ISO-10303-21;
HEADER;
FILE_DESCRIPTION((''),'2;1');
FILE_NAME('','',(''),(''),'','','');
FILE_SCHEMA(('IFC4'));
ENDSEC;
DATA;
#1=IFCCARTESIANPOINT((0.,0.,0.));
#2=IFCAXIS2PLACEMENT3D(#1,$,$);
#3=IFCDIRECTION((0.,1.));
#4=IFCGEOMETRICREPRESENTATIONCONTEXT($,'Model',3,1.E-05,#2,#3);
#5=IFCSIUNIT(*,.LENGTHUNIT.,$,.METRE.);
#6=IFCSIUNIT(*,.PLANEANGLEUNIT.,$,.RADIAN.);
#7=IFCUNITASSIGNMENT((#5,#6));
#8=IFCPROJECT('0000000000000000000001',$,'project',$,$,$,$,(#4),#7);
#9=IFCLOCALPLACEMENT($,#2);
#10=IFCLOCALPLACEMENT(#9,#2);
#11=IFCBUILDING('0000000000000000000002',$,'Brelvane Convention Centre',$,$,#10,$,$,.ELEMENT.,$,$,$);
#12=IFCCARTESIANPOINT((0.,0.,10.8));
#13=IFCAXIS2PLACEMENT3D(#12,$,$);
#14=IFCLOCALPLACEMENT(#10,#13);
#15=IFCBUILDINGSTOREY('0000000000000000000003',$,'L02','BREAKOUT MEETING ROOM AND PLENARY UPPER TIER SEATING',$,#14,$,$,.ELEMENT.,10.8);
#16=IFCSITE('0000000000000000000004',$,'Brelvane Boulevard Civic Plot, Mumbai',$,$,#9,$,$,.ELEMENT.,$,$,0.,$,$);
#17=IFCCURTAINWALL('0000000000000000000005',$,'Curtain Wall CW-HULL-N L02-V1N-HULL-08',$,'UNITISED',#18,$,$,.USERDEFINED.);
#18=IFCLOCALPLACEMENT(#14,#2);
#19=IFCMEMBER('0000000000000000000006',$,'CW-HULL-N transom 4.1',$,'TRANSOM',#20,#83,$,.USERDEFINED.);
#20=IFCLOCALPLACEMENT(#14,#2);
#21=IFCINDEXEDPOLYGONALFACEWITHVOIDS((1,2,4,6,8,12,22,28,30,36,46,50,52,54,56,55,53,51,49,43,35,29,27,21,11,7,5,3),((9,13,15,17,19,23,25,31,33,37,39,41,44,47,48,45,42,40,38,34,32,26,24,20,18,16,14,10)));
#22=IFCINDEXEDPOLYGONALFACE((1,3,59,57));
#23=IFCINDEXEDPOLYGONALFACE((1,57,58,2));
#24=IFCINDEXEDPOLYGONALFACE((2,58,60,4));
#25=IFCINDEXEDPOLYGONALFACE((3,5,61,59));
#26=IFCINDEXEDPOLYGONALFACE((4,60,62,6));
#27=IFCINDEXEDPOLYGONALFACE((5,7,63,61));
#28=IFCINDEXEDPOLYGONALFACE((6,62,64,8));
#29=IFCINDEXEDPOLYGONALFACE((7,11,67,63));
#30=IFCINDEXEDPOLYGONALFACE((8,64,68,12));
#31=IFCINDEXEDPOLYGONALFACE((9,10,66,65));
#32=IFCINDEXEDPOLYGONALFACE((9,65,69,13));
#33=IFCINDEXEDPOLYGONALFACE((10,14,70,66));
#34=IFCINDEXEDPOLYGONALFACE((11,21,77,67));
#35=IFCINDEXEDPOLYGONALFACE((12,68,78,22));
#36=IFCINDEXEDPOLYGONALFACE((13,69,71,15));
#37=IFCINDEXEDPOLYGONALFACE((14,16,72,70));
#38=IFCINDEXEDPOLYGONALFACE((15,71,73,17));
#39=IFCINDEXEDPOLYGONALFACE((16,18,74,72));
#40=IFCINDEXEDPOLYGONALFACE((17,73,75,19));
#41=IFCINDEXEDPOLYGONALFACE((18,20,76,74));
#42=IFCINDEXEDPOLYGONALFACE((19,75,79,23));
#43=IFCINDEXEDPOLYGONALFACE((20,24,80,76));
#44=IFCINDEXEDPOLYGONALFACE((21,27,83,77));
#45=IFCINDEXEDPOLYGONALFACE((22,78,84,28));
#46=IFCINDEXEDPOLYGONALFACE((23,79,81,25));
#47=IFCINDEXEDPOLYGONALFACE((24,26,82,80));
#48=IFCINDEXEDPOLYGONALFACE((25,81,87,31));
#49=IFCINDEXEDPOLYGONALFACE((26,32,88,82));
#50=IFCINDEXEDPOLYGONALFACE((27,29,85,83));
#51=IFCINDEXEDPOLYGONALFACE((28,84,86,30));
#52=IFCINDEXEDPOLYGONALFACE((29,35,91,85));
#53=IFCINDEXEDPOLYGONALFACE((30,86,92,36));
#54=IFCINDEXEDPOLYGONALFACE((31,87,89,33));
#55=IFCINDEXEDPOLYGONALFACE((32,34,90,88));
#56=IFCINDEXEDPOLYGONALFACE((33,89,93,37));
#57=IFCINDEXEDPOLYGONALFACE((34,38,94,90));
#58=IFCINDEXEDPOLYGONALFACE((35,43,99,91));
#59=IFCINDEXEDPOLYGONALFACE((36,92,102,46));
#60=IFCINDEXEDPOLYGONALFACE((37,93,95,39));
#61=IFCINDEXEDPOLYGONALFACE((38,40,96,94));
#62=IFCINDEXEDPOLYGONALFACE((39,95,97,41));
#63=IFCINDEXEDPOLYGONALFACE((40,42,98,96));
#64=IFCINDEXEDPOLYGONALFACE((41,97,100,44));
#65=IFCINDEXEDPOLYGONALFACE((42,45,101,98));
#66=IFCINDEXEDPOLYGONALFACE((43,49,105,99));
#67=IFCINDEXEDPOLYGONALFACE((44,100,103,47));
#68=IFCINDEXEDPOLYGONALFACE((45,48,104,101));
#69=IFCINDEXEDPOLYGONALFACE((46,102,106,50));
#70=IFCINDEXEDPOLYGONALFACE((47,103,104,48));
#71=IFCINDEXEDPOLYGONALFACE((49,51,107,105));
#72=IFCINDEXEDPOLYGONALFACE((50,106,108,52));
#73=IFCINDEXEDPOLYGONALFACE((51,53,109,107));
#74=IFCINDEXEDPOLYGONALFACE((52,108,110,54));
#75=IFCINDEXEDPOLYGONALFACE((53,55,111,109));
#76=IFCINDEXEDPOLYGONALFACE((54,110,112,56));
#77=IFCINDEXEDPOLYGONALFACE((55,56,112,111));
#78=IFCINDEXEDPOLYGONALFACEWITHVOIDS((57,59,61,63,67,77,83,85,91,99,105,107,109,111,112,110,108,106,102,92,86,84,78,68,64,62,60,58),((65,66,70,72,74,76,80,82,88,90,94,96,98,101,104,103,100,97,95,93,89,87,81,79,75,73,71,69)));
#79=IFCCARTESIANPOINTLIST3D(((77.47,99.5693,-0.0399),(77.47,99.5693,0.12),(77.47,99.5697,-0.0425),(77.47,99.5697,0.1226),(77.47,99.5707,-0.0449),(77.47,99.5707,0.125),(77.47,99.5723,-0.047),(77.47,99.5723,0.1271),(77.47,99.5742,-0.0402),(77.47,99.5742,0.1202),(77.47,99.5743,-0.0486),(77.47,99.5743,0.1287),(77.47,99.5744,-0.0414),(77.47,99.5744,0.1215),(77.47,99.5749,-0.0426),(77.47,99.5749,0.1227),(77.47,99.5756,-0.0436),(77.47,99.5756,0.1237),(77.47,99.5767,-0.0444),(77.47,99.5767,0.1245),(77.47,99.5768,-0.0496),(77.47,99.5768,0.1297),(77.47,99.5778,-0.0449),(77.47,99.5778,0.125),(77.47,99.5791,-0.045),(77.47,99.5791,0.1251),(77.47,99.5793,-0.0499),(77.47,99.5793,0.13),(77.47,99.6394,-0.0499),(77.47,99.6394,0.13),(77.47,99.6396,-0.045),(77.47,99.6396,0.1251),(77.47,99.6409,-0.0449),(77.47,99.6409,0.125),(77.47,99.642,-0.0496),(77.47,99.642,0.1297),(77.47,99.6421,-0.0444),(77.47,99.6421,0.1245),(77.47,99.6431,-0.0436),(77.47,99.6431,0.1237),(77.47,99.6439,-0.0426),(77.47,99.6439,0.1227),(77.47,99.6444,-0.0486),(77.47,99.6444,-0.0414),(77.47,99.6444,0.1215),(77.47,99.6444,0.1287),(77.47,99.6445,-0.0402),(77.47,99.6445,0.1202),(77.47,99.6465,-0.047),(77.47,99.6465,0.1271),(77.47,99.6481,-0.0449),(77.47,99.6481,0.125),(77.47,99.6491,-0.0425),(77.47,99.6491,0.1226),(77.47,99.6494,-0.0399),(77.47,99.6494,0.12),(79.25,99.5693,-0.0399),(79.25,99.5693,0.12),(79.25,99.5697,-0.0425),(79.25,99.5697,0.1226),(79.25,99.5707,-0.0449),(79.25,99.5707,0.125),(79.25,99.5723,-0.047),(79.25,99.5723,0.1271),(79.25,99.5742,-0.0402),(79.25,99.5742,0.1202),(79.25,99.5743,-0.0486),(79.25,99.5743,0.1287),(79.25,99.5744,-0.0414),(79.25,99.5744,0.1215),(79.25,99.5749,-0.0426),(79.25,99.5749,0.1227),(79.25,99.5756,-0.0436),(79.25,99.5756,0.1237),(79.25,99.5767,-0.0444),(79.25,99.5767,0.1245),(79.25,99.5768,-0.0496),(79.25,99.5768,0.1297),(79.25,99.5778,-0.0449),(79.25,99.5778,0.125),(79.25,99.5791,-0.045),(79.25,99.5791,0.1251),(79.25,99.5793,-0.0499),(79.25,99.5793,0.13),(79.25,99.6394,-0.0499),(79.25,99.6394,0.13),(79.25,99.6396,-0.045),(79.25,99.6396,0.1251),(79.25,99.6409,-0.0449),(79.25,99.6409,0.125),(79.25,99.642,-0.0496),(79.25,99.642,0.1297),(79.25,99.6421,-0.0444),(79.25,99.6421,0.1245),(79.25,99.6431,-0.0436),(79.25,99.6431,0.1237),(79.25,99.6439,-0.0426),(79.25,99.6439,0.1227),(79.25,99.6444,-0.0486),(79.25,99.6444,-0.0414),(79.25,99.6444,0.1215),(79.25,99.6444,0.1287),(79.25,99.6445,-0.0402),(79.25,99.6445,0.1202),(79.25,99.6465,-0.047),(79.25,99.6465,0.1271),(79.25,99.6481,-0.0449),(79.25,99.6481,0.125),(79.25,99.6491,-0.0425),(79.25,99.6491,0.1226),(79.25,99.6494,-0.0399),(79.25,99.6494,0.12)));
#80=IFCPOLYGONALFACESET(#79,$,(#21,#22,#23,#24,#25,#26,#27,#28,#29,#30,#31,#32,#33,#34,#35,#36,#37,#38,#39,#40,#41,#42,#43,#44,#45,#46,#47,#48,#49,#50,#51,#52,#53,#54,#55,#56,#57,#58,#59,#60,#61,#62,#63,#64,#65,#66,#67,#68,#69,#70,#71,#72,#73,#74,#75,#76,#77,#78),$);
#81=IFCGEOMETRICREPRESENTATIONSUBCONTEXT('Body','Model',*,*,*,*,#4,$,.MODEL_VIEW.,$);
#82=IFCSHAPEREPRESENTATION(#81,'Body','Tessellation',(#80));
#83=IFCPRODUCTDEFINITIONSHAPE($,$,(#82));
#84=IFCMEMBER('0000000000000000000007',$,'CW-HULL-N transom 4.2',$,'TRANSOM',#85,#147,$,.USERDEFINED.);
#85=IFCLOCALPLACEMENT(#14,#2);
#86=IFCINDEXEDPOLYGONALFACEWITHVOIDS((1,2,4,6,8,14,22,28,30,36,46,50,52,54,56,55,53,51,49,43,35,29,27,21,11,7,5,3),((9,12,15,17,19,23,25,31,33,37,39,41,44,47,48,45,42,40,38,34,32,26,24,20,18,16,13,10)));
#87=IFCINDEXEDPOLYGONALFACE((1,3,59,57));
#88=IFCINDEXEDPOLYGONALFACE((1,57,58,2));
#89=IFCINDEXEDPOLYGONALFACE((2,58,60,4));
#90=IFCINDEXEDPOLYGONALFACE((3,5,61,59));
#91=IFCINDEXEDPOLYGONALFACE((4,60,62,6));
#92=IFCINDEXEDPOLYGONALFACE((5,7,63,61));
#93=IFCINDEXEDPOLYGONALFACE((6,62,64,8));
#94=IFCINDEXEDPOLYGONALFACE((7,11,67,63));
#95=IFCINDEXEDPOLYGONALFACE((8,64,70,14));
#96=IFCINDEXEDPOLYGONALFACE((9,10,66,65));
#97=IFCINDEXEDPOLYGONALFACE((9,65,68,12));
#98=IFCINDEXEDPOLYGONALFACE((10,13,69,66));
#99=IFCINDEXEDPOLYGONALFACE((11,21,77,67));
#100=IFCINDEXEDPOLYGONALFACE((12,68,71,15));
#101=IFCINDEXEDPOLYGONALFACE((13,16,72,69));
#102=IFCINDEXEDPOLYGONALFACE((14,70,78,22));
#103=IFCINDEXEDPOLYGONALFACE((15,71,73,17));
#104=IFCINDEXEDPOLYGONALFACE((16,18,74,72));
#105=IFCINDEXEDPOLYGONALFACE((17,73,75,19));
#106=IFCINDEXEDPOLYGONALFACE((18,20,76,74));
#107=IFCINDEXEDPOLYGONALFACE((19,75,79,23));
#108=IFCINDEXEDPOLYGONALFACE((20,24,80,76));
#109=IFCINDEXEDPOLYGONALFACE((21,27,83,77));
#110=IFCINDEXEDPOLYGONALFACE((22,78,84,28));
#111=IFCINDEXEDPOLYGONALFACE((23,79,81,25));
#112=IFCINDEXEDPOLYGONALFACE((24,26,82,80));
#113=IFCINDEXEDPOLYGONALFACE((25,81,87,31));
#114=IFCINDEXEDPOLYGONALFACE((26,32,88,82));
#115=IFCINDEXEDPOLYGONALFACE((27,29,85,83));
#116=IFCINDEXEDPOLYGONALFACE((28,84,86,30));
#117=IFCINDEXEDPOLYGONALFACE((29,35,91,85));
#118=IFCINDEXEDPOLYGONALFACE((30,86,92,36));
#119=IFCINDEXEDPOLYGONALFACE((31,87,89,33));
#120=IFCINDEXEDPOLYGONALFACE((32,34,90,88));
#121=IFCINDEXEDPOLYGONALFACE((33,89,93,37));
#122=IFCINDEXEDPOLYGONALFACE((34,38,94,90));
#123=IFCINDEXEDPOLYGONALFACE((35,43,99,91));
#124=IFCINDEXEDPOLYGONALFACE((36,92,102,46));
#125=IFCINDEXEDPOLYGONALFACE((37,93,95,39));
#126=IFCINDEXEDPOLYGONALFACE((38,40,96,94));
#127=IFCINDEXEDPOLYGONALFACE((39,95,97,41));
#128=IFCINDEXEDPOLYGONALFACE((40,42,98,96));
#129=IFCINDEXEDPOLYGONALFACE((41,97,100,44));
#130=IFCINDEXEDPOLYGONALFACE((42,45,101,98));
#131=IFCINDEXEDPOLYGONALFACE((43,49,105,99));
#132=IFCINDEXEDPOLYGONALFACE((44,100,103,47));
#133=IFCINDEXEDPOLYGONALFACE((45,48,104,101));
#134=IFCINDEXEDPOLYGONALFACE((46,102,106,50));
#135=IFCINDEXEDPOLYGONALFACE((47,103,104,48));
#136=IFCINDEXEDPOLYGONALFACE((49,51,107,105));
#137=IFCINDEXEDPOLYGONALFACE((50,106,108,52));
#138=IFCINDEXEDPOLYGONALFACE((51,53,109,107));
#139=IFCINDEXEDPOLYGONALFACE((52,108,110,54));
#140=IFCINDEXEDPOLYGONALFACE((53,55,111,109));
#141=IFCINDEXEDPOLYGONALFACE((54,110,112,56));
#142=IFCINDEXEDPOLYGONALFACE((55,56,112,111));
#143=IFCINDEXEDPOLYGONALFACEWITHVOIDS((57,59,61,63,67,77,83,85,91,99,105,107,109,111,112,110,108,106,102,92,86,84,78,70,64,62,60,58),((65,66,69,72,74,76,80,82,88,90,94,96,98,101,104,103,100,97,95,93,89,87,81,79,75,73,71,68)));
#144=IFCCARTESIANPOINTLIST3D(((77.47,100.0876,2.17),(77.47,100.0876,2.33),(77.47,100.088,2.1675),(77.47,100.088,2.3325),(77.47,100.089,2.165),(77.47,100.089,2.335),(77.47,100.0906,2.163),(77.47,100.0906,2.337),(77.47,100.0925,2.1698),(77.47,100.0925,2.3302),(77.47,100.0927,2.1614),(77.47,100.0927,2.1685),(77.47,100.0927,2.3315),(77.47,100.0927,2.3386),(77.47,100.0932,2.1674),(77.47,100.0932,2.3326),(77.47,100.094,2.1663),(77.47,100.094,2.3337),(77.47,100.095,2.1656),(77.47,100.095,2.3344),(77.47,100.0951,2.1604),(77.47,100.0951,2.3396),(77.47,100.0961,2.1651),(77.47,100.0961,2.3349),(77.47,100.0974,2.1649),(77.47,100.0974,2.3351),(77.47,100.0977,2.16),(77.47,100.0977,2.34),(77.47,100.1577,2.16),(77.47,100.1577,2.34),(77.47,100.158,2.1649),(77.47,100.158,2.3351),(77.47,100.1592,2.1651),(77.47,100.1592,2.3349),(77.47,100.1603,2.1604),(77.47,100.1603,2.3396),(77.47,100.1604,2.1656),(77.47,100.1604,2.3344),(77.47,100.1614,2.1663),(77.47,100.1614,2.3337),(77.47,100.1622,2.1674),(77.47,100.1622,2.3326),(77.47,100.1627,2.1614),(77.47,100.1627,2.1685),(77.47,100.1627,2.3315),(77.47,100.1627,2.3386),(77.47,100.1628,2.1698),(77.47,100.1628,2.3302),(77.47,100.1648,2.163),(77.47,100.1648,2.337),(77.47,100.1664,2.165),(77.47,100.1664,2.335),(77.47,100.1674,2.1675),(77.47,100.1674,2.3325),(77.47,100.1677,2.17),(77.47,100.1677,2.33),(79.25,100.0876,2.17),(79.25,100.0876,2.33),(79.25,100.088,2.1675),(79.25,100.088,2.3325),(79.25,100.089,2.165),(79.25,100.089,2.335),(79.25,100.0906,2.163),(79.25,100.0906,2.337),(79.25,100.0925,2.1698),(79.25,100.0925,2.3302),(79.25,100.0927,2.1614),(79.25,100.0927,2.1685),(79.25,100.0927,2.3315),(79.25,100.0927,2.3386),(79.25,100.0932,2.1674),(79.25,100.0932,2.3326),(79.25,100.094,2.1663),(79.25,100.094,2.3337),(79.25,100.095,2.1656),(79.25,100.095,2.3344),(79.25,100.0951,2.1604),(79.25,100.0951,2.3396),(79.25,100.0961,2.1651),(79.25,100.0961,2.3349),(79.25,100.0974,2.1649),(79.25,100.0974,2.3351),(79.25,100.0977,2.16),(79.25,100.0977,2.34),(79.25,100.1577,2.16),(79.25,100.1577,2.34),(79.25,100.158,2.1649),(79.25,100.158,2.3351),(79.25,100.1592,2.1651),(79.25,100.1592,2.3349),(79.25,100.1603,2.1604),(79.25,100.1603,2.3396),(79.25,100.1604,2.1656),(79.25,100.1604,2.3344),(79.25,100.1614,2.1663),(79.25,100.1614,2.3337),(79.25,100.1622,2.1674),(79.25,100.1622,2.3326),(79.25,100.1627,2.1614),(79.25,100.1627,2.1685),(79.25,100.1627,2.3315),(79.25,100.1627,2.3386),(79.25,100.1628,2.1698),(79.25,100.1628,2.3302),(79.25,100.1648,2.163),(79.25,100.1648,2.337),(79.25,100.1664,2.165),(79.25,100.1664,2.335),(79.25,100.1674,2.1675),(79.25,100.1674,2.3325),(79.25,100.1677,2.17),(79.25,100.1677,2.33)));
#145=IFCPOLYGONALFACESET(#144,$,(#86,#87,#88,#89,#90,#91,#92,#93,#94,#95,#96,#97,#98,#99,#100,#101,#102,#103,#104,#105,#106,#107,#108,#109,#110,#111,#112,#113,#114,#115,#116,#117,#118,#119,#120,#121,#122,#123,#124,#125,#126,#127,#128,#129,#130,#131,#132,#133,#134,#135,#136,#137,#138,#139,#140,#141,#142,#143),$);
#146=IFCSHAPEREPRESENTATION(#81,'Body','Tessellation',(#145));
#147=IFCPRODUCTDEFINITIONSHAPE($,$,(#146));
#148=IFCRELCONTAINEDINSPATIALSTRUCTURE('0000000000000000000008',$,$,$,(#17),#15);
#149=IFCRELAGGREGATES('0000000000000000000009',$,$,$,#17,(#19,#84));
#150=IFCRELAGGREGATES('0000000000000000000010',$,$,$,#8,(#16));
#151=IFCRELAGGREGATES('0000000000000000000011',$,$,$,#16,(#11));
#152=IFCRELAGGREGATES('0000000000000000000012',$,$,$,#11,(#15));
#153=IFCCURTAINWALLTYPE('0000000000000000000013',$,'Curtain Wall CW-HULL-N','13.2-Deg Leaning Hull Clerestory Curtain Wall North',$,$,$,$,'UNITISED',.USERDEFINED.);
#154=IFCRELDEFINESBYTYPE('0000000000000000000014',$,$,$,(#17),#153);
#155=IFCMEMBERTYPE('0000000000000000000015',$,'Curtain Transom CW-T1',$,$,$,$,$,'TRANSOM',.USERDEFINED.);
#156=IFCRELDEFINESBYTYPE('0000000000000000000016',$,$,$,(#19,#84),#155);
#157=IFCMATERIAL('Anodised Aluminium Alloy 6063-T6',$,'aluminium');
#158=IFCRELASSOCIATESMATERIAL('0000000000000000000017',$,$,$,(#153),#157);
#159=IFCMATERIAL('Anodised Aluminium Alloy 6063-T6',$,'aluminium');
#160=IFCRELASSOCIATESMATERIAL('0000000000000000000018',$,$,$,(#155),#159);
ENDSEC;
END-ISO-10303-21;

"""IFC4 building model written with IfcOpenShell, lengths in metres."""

from ifc_helpers import new_model, si_unit, direction, frame, origin, origin_2d, place, context, subcontext, project, spatial, hollow_rectangle, extrude, material, material_profile, profile_set, type_object, element, aggregate, save


model = new_model("IFC4")

# Units and contexts
model_context = context("Model", 3, precision=1e-05, world=origin(), true_north=direction((0.0, 1.0)))
body_context = subcontext(model_context, "Body", "Model", "MODEL_VIEW")
ifc_project = project(units=[si_unit("LENGTHUNIT", "METRE"), si_unit("PLANEANGLEUNIT", "RADIAN")], contexts=[model_context])

# Site, building, storey
site_placement = place(None, origin())
site = spatial("IfcSite", under=ifc_project, at=site_placement, Name="Brelvane Boulevard Civic Plot, Mumbai", CompositionType="ELEMENT", RefElevation=0.0)
building_placement = place(site_placement, origin())
building = spatial("IfcBuilding", under=site, at=building_placement, Name="Brelvane Convention Centre", CompositionType="ELEMENT")
storey_placement = place(building_placement, frame((0.0, 0.0, 10.8)))
storey = spatial("IfcBuildingStorey", under=building, at=storey_placement, Name="L02", Description="BREAKOUT MEETING ROOM AND PLENARY UPPER TIER SEATING", CompositionType="ELEMENT", Elevation=10.8)

# Curtain wall
ifc_material_1 = material(Name="Anodised Aluminium Alloy 6063-T6", Category="aluminium")
curtain_wall_type = type_object("IfcCurtainWallType", Name="Curtain Wall CW-HULL-N", Description="13.2-Deg Leaning Hull Clerestory Curtain Wall North", ElementType="UNITISED", PredefinedType="USERDEFINED", material=ifc_material_1)
curtain_wall_1_placement = place(storey_placement, origin())
curtain_wall_1 = element("IfcCurtainWall", 1, at=curtain_wall_1_placement, inside=storey, type_object=curtain_wall_type, Name="Curtain Wall CW-HULL-N L02-V1N-HULL-08", ObjectType="UNITISED", PredefinedType="USERDEFINED")

# Members
ifc_material_2 = material(Name="Anodised Aluminium Alloy 6063-T6", Category="aluminium")
ifc_material_profile_1 = material_profile(ifc_material_2, hollow_rectangle(XDim=0.0801, YDim=0.1799, WallThickness=0.0049, InnerFilletRadius=0.0049, OuterFilletRadius=0.01, at=origin_2d()), Name="ALU-T 180x80x5.0")
ifc_profile_set_1 = profile_set([ifc_material_profile_1], Name="Anodised Aluminium Alloy 6063-T6")
member_type_1 = type_object("IfcMemberType", Name="Curtain Transom CW-T1", ElementType="TRANSOM", PredefinedType="USERDEFINED", material=ifc_profile_set_1)
member_1_placement = place(storey_placement, frame((77.47, 99.6094, 0.04), z_axis=(1.0, 0.0, 0.0), x_axis=(0.0, 1.0, 0.0)))
member_1 = element("IfcMember", 2, at=member_1_placement, type_object=member_type_1, Name="CW-HULL-N transom 4.1", ObjectType="TRANSOM", PredefinedType="USERDEFINED", context=body_context, shape_type="SweptSolid", body=[
    extrude(hollow_rectangle(XDim=0.0801, YDim=0.1799, WallThickness=0.0049, InnerFilletRadius=0.0049, OuterFilletRadius=0.01, at=origin_2d()), origin(), (0.0, 0.0, 1.0), 1.78),
])
member_2_placement = place(storey_placement, frame((77.47, 100.1277, 2.25), z_axis=(1.0, 0.0, 0.0), x_axis=(0.0, 1.0, 0.0)))
member_2 = element("IfcMember", 3, at=member_2_placement, type_object=member_type_1, Name="CW-HULL-N transom 4.2", ObjectType="TRANSOM", PredefinedType="USERDEFINED", context=body_context, shape_type="SweptSolid", body=[
    extrude(hollow_rectangle(XDim=0.0801, YDim=0.1799, WallThickness=0.0049, InnerFilletRadius=0.0049, OuterFilletRadius=0.01, at=origin_2d()), origin(), (0.0, 0.0, 1.0), 1.78),
])

aggregate(curtain_wall_1, [member_1, member_2])

save(model, "model.ifc")
